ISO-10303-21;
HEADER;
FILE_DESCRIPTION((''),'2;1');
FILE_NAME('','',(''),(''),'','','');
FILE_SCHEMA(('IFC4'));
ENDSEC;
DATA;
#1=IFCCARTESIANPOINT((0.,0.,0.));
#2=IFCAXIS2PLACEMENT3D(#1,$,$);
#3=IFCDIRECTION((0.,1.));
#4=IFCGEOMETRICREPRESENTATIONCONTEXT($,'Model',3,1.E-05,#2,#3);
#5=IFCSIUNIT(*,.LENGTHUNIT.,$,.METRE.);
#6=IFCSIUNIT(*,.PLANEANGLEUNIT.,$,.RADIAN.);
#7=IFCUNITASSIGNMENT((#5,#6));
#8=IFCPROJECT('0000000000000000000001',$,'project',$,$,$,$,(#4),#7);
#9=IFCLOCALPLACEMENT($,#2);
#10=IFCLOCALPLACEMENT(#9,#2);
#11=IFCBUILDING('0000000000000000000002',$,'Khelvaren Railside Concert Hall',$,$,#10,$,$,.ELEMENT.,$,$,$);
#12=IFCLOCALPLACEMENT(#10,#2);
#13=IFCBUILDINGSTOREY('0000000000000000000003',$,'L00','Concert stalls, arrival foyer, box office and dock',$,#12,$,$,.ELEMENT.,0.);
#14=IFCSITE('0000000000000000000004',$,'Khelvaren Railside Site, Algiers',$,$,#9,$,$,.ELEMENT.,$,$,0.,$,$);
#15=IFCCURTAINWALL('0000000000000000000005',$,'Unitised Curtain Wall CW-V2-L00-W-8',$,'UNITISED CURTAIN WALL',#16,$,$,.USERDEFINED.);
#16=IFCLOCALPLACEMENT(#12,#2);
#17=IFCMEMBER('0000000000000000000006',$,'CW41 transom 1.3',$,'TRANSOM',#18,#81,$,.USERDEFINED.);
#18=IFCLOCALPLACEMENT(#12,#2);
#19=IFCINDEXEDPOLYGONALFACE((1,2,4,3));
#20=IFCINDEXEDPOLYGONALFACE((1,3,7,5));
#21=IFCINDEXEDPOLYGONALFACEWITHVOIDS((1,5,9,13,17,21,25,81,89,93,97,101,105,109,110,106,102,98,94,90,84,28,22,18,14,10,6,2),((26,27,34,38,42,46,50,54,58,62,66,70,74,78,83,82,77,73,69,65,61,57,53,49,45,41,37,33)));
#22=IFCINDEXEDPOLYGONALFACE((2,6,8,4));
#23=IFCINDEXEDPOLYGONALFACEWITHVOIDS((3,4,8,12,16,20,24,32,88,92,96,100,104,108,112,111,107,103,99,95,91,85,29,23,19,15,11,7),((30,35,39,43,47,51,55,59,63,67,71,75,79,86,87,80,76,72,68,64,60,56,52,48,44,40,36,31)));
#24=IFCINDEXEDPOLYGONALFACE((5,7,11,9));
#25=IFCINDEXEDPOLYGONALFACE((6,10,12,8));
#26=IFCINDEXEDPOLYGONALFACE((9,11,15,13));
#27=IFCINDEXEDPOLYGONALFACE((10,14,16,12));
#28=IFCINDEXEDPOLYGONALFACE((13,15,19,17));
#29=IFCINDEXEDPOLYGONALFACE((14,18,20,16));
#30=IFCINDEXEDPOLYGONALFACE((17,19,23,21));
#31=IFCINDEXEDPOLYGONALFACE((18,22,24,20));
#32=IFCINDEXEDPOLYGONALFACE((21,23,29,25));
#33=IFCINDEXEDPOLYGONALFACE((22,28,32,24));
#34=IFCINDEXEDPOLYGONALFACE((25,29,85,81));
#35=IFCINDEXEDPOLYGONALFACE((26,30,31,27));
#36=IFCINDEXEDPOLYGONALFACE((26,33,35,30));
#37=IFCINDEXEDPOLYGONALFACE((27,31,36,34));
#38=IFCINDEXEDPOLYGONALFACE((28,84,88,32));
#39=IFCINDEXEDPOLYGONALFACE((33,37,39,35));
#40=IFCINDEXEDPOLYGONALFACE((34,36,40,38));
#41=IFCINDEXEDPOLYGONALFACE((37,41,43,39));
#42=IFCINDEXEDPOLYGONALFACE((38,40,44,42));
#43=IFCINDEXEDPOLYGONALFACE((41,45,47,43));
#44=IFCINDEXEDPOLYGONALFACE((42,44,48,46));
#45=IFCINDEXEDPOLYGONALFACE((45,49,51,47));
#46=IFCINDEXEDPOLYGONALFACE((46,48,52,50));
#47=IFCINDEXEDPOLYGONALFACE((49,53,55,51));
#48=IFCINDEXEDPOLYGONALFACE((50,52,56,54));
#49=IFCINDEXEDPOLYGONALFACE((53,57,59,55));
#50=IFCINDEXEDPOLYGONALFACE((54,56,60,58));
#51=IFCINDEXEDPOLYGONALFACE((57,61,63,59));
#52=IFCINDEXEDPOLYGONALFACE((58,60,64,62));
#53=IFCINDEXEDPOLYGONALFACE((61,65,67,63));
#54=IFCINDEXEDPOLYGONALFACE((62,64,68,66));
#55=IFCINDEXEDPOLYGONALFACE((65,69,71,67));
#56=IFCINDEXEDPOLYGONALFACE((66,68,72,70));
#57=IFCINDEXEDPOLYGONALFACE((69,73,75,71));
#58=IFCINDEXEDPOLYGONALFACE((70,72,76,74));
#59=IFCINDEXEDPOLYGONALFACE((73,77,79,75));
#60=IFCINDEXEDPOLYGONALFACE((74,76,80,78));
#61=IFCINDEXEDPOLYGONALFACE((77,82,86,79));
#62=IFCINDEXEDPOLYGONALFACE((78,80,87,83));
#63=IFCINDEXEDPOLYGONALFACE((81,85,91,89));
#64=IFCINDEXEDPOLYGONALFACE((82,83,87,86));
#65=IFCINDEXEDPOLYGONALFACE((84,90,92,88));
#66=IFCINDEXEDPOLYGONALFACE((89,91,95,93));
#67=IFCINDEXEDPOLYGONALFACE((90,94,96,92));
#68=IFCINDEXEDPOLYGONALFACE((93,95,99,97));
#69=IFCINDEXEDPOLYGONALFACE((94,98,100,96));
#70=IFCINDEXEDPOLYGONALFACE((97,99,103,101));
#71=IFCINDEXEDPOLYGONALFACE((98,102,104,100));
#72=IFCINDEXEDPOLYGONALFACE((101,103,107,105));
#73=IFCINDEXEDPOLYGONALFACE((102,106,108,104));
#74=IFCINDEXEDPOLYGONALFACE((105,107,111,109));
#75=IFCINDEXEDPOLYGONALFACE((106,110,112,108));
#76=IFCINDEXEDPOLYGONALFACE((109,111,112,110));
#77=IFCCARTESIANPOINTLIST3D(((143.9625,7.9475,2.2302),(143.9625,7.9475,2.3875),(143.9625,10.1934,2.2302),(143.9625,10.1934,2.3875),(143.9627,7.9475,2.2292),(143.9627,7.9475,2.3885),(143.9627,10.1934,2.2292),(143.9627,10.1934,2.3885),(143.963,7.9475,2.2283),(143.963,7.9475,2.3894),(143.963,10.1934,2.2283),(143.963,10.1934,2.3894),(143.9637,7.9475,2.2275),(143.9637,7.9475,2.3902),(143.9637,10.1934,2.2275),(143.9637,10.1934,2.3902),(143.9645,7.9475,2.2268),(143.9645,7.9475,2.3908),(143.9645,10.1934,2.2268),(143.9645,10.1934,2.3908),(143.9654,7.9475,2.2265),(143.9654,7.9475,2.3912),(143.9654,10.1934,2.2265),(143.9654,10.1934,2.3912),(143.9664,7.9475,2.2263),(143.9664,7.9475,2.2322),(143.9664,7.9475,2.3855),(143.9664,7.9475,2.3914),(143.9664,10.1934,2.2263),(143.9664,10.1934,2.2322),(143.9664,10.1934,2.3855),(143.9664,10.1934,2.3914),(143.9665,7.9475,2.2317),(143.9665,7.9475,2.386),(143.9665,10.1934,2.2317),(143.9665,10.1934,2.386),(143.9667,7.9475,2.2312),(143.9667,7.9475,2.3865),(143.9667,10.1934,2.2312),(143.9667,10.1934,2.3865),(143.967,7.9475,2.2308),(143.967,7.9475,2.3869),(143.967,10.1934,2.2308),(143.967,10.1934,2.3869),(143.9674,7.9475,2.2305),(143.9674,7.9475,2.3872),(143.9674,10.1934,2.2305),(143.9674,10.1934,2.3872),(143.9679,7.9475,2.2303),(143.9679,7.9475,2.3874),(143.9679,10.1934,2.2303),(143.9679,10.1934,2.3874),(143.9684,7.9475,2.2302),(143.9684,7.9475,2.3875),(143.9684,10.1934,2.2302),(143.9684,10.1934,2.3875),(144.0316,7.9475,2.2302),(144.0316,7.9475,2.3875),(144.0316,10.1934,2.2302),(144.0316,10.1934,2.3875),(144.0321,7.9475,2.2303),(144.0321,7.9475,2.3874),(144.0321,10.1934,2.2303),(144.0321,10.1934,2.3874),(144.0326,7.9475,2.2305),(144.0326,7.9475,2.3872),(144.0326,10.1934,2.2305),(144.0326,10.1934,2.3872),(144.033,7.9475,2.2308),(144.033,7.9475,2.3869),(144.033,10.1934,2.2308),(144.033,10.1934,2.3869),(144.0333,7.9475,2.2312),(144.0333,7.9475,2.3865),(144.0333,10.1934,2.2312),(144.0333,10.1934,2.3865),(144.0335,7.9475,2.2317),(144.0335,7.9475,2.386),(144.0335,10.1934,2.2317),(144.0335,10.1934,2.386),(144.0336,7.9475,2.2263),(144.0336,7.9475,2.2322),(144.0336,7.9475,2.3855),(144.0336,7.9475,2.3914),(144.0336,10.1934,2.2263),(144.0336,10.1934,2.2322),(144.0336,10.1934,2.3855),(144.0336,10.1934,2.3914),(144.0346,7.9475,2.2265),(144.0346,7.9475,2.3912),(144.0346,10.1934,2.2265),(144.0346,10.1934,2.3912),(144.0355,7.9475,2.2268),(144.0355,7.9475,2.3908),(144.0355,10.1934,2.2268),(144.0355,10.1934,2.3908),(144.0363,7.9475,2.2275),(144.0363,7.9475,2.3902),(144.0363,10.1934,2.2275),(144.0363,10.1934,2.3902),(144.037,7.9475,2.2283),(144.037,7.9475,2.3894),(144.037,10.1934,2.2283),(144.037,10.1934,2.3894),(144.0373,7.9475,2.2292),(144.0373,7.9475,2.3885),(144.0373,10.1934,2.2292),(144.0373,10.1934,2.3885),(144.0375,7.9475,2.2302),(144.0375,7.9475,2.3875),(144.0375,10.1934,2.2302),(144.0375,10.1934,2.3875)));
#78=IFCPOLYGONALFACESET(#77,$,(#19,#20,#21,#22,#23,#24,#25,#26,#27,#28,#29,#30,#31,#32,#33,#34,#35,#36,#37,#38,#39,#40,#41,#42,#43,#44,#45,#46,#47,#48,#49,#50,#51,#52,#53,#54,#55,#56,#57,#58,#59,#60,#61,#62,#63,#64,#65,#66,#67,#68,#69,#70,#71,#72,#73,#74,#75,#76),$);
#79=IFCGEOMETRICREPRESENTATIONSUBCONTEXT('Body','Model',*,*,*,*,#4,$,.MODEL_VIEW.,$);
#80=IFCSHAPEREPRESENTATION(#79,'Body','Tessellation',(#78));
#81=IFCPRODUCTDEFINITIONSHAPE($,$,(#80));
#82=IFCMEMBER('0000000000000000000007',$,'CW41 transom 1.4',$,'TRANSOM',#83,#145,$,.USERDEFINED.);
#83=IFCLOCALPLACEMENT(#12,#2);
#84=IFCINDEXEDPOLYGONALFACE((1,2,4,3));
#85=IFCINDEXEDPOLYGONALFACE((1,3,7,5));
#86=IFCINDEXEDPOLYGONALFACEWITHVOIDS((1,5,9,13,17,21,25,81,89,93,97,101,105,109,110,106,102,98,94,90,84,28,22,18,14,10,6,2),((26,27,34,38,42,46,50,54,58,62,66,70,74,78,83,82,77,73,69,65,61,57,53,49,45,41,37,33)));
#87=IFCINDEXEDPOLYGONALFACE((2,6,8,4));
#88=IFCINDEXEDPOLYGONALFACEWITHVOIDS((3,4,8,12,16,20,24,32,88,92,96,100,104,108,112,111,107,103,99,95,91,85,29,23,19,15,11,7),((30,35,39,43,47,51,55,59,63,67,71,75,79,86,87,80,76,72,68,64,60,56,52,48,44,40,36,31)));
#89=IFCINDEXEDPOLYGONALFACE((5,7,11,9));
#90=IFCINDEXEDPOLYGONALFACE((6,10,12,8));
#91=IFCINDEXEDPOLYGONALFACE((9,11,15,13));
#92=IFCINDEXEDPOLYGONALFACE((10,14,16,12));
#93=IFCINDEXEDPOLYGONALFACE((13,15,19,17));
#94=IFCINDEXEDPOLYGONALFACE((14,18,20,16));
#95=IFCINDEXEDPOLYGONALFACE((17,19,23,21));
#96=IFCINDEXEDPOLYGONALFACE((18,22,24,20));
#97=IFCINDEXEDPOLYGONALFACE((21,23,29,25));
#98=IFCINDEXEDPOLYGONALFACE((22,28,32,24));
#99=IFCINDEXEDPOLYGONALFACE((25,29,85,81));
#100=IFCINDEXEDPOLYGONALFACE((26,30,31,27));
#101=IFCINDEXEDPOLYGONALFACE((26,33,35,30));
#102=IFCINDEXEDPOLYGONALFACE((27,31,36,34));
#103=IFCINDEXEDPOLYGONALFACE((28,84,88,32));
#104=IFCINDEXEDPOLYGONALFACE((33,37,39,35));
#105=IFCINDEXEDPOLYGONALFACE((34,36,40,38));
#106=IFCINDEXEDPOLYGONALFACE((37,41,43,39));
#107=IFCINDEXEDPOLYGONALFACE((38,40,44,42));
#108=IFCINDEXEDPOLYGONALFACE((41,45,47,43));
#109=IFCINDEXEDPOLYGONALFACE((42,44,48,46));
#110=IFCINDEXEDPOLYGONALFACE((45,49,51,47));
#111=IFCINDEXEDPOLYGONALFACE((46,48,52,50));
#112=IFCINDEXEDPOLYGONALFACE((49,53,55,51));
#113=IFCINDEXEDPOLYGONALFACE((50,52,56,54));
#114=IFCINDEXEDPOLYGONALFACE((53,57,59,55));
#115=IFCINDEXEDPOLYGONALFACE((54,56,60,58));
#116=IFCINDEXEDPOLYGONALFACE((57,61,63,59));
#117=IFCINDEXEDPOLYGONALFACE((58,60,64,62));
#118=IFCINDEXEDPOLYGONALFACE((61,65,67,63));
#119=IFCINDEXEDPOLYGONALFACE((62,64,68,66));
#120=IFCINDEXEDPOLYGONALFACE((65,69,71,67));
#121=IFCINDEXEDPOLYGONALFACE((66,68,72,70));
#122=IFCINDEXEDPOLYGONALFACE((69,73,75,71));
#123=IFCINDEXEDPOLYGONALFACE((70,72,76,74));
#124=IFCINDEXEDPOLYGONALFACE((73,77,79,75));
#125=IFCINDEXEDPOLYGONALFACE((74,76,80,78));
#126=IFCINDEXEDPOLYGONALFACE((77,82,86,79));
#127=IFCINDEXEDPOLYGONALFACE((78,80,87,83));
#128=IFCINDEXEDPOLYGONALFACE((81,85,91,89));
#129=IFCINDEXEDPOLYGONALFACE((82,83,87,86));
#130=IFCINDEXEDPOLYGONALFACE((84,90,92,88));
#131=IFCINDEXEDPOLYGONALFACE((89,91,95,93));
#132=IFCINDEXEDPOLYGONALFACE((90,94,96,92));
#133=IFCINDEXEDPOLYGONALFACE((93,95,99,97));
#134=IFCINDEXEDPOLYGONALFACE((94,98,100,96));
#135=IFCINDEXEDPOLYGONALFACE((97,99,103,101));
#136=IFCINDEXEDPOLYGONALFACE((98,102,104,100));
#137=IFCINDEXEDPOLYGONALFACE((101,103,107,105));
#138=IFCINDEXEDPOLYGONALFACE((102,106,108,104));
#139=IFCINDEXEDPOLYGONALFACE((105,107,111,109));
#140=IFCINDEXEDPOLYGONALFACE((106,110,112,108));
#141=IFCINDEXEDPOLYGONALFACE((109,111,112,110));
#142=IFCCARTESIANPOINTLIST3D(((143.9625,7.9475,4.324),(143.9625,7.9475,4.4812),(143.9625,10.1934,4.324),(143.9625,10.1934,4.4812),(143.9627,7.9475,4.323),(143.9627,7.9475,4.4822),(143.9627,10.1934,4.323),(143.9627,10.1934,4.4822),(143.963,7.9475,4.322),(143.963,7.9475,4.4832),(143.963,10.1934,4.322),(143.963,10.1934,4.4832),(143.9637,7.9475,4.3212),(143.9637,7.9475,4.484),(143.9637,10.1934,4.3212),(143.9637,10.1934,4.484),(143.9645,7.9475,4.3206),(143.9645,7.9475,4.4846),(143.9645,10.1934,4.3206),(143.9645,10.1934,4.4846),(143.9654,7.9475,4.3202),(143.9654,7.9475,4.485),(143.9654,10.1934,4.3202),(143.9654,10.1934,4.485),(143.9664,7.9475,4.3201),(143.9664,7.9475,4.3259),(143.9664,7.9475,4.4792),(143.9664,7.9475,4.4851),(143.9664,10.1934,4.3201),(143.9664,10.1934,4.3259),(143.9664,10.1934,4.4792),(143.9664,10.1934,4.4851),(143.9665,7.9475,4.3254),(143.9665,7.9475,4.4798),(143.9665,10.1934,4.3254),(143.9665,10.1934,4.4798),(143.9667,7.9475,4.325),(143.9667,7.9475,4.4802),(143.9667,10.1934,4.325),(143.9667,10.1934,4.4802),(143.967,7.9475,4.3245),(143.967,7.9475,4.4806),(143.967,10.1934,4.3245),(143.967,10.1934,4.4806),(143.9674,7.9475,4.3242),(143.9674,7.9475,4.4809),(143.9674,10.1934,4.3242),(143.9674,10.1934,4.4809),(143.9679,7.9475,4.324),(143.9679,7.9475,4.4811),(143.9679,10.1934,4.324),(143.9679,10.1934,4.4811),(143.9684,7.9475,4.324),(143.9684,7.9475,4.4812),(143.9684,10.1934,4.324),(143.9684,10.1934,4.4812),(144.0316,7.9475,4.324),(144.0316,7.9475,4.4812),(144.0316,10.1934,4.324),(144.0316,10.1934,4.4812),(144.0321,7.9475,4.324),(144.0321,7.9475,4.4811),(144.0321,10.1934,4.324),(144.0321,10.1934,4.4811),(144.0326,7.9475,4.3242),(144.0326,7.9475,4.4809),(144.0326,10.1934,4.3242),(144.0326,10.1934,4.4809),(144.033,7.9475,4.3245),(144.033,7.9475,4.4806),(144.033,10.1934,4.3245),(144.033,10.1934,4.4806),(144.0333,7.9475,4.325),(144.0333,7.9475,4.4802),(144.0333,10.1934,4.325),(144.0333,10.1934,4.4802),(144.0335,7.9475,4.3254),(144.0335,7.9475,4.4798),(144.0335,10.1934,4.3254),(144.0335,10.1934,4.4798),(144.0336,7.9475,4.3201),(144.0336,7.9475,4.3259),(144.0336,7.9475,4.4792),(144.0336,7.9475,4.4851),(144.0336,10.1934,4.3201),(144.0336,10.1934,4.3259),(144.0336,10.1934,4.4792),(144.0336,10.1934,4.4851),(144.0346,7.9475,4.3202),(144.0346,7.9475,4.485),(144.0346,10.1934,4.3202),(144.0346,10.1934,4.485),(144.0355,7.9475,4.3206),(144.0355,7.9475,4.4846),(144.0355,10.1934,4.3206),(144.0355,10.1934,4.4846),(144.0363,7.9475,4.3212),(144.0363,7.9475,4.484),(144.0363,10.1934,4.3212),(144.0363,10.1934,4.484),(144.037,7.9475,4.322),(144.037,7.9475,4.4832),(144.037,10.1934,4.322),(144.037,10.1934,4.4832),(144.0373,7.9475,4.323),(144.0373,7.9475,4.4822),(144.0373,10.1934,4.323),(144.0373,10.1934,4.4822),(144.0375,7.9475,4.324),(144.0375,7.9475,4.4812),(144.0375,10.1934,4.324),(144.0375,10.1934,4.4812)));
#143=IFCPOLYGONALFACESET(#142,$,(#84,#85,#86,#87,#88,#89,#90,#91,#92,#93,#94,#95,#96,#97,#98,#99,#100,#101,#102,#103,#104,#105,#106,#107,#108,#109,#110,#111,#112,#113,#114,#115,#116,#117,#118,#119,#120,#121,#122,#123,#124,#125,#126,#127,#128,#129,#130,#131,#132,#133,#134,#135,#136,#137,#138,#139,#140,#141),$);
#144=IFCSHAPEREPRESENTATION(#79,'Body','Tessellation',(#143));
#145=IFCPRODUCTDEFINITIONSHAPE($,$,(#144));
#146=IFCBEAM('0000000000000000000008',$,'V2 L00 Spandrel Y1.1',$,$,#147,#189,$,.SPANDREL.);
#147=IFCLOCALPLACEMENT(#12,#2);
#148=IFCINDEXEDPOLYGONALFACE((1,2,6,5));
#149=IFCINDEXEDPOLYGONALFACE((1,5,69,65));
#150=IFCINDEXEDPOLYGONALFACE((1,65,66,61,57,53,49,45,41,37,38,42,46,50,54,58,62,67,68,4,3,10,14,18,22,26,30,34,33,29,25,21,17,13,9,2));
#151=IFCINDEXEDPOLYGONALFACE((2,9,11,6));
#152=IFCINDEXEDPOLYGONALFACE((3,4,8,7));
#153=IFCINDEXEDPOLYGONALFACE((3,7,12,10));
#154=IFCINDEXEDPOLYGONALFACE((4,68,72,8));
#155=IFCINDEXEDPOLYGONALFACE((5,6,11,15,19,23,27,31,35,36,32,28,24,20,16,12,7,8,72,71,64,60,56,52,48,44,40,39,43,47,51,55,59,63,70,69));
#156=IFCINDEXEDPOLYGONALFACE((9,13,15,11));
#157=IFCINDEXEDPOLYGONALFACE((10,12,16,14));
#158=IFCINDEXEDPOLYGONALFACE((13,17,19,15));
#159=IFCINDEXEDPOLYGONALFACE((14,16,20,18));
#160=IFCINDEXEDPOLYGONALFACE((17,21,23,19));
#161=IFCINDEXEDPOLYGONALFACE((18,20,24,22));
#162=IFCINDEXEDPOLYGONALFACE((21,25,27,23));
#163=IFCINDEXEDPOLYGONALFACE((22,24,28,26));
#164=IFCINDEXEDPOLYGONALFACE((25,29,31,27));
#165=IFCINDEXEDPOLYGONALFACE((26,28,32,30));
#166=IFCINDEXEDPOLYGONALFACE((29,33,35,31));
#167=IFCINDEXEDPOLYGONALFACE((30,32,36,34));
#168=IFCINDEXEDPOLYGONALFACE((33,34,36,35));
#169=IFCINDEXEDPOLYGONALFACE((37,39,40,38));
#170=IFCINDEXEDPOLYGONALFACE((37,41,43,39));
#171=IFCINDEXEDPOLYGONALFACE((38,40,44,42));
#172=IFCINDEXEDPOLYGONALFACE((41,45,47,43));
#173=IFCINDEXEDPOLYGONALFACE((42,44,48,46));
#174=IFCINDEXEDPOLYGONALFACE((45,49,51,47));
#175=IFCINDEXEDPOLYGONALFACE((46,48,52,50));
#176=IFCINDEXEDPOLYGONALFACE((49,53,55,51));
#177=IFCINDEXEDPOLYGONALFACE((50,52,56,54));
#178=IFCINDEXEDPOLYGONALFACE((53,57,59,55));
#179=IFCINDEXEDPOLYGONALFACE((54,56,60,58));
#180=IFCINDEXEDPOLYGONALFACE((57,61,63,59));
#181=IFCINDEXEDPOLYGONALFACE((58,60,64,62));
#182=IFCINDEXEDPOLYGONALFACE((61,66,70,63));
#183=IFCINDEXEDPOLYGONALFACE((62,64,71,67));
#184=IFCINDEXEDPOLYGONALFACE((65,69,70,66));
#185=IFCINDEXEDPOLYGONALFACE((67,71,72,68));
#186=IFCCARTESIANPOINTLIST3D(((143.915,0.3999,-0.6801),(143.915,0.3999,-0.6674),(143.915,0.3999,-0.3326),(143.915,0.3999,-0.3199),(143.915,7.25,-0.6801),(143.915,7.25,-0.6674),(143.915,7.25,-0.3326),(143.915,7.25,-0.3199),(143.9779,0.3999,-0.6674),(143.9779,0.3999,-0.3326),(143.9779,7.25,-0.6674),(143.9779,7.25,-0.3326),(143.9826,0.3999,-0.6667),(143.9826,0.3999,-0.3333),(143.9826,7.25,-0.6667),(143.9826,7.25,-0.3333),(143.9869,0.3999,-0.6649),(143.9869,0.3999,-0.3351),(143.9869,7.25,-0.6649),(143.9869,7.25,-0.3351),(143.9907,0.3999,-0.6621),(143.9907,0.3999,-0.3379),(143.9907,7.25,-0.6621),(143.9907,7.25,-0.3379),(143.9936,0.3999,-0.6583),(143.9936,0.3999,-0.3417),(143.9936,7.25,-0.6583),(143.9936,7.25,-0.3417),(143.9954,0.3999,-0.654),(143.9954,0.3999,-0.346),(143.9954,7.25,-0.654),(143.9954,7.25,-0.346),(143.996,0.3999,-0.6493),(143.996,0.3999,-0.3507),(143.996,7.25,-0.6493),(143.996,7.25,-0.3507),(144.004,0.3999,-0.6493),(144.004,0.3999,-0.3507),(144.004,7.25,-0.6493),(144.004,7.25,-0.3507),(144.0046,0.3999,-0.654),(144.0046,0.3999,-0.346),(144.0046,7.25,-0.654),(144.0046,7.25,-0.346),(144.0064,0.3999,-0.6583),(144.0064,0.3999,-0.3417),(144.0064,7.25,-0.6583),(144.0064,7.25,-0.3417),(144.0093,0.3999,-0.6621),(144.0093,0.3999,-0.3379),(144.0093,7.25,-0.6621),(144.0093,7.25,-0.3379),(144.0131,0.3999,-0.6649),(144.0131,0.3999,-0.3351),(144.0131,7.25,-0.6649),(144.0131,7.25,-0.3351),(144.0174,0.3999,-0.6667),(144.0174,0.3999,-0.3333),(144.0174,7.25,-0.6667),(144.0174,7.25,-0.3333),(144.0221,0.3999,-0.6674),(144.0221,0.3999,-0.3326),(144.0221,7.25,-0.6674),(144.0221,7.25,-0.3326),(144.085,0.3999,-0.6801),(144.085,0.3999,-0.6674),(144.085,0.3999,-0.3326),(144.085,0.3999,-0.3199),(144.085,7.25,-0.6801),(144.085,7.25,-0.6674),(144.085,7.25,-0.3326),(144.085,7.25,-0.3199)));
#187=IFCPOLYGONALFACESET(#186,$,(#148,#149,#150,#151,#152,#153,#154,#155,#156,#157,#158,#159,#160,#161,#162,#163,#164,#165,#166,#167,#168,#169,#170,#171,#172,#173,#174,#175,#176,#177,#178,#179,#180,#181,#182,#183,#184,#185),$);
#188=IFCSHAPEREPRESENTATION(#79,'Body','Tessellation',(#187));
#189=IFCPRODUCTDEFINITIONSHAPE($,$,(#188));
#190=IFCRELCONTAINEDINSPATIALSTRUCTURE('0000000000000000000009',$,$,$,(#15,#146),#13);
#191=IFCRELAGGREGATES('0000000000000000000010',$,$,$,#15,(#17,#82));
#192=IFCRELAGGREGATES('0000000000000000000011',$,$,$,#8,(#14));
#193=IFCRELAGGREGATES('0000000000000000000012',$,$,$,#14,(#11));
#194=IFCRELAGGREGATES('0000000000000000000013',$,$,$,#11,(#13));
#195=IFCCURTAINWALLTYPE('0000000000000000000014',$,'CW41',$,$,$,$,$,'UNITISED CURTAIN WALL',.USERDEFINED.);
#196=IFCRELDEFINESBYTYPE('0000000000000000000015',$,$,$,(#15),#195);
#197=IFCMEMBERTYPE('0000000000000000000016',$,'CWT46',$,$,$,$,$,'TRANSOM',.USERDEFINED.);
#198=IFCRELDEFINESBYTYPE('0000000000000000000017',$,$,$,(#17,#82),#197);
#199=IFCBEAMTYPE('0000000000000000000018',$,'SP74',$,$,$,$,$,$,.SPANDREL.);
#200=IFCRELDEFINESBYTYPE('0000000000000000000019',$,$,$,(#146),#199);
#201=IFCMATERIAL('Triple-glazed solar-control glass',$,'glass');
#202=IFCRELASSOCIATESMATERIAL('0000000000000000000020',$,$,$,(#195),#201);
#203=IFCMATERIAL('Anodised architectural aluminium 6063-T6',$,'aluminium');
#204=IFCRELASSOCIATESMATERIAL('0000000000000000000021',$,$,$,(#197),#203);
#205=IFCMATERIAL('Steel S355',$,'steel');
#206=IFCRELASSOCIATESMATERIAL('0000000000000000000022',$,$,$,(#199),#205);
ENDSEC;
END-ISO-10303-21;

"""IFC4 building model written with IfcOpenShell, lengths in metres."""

from ifc_helpers import new_model, si_unit, direction, frame, origin, origin_2d, place, context, subcontext, project, spatial, hollow_rectangle, i_section, extrude, material, material_profile, profile_set, type_object, element, aggregate, save


model = new_model("IFC4")

# Units and contexts
model_context = context("Model", 3, precision=1e-05, world=origin(), true_north=direction((0.0, 1.0)))
body_context = subcontext(model_context, "Body", "Model", "MODEL_VIEW")
ifc_project = project(units=[si_unit("LENGTHUNIT", "METRE"), si_unit("PLANEANGLEUNIT", "RADIAN")], contexts=[model_context])

# Site, building, storey
site_placement = place(None, origin())
site = spatial("IfcSite", under=ifc_project, at=site_placement, Name="Khelvaren Railside Site, Algiers", CompositionType="ELEMENT", RefElevation=0.0)
building_placement = place(site_placement, origin())
building = spatial("IfcBuilding", under=site, at=building_placement, Name="Khelvaren Railside Concert Hall", CompositionType="ELEMENT")
storey_placement = place(building_placement, origin())
storey = spatial("IfcBuildingStorey", under=building, at=storey_placement, Name="L00", Description="Concert stalls, arrival foyer, box office and dock", CompositionType="ELEMENT", Elevation=0.0)

# Shared definitions
ifc_material_1 = material(Name="Steel S355", Category="steel")

# Shared definitions
ifc_material_2 = material(Name="Triple-glazed solar-control glass", Category="glass")
ifc_material_3 = material(Name="Anodised architectural aluminium 6063-T6", Category="aluminium")

# Curtain wall
curtain_wall_type_1 = type_object("IfcCurtainWallType", Name="CW41", ElementType="UNITISED CURTAIN WALL", PredefinedType="USERDEFINED", material=ifc_material_2)
curtain_wall_1_placement = place(storey_placement, origin())
curtain_wall_1 = element("IfcCurtainWall", 1, at=curtain_wall_1_placement, inside=storey, type_object=curtain_wall_type_1, Name="Unitised Curtain Wall CW-V2-L00-W-8", ObjectType="UNITISED CURTAIN WALL", PredefinedType="USERDEFINED")

# Members
ifc_material_profile_1 = material_profile(ifc_material_3, hollow_rectangle(XDim=0.075, YDim=0.165, WallThickness=0.0039, InnerFilletRadius=0.002, OuterFilletRadius=0.0039, at=origin_2d()), Name="CWT 75x165x4")
ifc_profile_set_1 = profile_set([ifc_material_profile_1], Name="Anodised architectural aluminium 6063-T6")
member_type_1 = type_object("IfcMemberType", Name="CWT46", ElementType="TRANSOM", PredefinedType="USERDEFINED", material=ifc_profile_set_1)
member_1_placement = place(storey_placement, frame((144.0, 7.9475, 2.3088), z_axis=(0.0, 1.0, 0.0), x_axis=(-1.0, 0.0, 0.0)))
member_1 = element("IfcMember", 2, at=member_1_placement, type_object=member_type_1, Name="CW41 transom 1.3", ObjectType="TRANSOM", PredefinedType="USERDEFINED", context=body_context, shape_type="SweptSolid", body=[
    extrude(hollow_rectangle(XDim=0.075, YDim=0.165, WallThickness=0.0039, InnerFilletRadius=0.002, OuterFilletRadius=0.0039, at=origin_2d()), origin(), (0.0, 0.0, 1.0), 2.2458),
])
member_2_placement = place(storey_placement, frame((144.0, 7.9475, 4.4026), z_axis=(0.0, 1.0, 0.0), x_axis=(-1.0, 0.0, 0.0)))
member_2 = element("IfcMember", 3, at=member_2_placement, type_object=member_type_1, Name="CW41 transom 1.4", ObjectType="TRANSOM", PredefinedType="USERDEFINED", context=body_context, shape_type="SweptSolid", body=[
    extrude(hollow_rectangle(XDim=0.075, YDim=0.165, WallThickness=0.0039, InnerFilletRadius=0.002, OuterFilletRadius=0.0039, at=origin_2d()), origin(), (0.0, 0.0, 1.0), 2.2458),
])
aggregate(curtain_wall_1, [member_1, member_2])

# Beam
ifc_material_profile_2 = material_profile(ifc_material_1, i_section(OverallWidth=0.1699, OverallDepth=0.3601, WebThickness=0.0081, FlangeThickness=0.0127, FilletRadius=0.0181, at=origin_2d()), Name="IPE 360")
ifc_profile_set_2 = profile_set([ifc_material_profile_2], Name="Steel S355")
beam_type_1 = type_object("IfcBeamType", Name="SP74", PredefinedType="SPANDREL", material=ifc_profile_set_2)
beam_1_placement = place(storey_placement, frame((144.0, 0.3999, -0.5), z_axis=(0.0, 1.0, 0.0), x_axis=(-1.0, 0.0, 0.0)))
element("IfcBeam", 4, at=beam_1_placement, inside=storey, type_object=beam_type_1, Name="V2 L00 Spandrel Y1.1", PredefinedType="SPANDREL", context=body_context, shape_type="SweptSolid", body=[
    extrude(i_section(OverallWidth=0.1699, OverallDepth=0.3601, WebThickness=0.0081, FlangeThickness=0.0127, FilletRadius=0.0181, at=origin_2d()), origin(), (0.0, 0.0, 1.0), 6.8501),
])

save(model, "model.ifc")
